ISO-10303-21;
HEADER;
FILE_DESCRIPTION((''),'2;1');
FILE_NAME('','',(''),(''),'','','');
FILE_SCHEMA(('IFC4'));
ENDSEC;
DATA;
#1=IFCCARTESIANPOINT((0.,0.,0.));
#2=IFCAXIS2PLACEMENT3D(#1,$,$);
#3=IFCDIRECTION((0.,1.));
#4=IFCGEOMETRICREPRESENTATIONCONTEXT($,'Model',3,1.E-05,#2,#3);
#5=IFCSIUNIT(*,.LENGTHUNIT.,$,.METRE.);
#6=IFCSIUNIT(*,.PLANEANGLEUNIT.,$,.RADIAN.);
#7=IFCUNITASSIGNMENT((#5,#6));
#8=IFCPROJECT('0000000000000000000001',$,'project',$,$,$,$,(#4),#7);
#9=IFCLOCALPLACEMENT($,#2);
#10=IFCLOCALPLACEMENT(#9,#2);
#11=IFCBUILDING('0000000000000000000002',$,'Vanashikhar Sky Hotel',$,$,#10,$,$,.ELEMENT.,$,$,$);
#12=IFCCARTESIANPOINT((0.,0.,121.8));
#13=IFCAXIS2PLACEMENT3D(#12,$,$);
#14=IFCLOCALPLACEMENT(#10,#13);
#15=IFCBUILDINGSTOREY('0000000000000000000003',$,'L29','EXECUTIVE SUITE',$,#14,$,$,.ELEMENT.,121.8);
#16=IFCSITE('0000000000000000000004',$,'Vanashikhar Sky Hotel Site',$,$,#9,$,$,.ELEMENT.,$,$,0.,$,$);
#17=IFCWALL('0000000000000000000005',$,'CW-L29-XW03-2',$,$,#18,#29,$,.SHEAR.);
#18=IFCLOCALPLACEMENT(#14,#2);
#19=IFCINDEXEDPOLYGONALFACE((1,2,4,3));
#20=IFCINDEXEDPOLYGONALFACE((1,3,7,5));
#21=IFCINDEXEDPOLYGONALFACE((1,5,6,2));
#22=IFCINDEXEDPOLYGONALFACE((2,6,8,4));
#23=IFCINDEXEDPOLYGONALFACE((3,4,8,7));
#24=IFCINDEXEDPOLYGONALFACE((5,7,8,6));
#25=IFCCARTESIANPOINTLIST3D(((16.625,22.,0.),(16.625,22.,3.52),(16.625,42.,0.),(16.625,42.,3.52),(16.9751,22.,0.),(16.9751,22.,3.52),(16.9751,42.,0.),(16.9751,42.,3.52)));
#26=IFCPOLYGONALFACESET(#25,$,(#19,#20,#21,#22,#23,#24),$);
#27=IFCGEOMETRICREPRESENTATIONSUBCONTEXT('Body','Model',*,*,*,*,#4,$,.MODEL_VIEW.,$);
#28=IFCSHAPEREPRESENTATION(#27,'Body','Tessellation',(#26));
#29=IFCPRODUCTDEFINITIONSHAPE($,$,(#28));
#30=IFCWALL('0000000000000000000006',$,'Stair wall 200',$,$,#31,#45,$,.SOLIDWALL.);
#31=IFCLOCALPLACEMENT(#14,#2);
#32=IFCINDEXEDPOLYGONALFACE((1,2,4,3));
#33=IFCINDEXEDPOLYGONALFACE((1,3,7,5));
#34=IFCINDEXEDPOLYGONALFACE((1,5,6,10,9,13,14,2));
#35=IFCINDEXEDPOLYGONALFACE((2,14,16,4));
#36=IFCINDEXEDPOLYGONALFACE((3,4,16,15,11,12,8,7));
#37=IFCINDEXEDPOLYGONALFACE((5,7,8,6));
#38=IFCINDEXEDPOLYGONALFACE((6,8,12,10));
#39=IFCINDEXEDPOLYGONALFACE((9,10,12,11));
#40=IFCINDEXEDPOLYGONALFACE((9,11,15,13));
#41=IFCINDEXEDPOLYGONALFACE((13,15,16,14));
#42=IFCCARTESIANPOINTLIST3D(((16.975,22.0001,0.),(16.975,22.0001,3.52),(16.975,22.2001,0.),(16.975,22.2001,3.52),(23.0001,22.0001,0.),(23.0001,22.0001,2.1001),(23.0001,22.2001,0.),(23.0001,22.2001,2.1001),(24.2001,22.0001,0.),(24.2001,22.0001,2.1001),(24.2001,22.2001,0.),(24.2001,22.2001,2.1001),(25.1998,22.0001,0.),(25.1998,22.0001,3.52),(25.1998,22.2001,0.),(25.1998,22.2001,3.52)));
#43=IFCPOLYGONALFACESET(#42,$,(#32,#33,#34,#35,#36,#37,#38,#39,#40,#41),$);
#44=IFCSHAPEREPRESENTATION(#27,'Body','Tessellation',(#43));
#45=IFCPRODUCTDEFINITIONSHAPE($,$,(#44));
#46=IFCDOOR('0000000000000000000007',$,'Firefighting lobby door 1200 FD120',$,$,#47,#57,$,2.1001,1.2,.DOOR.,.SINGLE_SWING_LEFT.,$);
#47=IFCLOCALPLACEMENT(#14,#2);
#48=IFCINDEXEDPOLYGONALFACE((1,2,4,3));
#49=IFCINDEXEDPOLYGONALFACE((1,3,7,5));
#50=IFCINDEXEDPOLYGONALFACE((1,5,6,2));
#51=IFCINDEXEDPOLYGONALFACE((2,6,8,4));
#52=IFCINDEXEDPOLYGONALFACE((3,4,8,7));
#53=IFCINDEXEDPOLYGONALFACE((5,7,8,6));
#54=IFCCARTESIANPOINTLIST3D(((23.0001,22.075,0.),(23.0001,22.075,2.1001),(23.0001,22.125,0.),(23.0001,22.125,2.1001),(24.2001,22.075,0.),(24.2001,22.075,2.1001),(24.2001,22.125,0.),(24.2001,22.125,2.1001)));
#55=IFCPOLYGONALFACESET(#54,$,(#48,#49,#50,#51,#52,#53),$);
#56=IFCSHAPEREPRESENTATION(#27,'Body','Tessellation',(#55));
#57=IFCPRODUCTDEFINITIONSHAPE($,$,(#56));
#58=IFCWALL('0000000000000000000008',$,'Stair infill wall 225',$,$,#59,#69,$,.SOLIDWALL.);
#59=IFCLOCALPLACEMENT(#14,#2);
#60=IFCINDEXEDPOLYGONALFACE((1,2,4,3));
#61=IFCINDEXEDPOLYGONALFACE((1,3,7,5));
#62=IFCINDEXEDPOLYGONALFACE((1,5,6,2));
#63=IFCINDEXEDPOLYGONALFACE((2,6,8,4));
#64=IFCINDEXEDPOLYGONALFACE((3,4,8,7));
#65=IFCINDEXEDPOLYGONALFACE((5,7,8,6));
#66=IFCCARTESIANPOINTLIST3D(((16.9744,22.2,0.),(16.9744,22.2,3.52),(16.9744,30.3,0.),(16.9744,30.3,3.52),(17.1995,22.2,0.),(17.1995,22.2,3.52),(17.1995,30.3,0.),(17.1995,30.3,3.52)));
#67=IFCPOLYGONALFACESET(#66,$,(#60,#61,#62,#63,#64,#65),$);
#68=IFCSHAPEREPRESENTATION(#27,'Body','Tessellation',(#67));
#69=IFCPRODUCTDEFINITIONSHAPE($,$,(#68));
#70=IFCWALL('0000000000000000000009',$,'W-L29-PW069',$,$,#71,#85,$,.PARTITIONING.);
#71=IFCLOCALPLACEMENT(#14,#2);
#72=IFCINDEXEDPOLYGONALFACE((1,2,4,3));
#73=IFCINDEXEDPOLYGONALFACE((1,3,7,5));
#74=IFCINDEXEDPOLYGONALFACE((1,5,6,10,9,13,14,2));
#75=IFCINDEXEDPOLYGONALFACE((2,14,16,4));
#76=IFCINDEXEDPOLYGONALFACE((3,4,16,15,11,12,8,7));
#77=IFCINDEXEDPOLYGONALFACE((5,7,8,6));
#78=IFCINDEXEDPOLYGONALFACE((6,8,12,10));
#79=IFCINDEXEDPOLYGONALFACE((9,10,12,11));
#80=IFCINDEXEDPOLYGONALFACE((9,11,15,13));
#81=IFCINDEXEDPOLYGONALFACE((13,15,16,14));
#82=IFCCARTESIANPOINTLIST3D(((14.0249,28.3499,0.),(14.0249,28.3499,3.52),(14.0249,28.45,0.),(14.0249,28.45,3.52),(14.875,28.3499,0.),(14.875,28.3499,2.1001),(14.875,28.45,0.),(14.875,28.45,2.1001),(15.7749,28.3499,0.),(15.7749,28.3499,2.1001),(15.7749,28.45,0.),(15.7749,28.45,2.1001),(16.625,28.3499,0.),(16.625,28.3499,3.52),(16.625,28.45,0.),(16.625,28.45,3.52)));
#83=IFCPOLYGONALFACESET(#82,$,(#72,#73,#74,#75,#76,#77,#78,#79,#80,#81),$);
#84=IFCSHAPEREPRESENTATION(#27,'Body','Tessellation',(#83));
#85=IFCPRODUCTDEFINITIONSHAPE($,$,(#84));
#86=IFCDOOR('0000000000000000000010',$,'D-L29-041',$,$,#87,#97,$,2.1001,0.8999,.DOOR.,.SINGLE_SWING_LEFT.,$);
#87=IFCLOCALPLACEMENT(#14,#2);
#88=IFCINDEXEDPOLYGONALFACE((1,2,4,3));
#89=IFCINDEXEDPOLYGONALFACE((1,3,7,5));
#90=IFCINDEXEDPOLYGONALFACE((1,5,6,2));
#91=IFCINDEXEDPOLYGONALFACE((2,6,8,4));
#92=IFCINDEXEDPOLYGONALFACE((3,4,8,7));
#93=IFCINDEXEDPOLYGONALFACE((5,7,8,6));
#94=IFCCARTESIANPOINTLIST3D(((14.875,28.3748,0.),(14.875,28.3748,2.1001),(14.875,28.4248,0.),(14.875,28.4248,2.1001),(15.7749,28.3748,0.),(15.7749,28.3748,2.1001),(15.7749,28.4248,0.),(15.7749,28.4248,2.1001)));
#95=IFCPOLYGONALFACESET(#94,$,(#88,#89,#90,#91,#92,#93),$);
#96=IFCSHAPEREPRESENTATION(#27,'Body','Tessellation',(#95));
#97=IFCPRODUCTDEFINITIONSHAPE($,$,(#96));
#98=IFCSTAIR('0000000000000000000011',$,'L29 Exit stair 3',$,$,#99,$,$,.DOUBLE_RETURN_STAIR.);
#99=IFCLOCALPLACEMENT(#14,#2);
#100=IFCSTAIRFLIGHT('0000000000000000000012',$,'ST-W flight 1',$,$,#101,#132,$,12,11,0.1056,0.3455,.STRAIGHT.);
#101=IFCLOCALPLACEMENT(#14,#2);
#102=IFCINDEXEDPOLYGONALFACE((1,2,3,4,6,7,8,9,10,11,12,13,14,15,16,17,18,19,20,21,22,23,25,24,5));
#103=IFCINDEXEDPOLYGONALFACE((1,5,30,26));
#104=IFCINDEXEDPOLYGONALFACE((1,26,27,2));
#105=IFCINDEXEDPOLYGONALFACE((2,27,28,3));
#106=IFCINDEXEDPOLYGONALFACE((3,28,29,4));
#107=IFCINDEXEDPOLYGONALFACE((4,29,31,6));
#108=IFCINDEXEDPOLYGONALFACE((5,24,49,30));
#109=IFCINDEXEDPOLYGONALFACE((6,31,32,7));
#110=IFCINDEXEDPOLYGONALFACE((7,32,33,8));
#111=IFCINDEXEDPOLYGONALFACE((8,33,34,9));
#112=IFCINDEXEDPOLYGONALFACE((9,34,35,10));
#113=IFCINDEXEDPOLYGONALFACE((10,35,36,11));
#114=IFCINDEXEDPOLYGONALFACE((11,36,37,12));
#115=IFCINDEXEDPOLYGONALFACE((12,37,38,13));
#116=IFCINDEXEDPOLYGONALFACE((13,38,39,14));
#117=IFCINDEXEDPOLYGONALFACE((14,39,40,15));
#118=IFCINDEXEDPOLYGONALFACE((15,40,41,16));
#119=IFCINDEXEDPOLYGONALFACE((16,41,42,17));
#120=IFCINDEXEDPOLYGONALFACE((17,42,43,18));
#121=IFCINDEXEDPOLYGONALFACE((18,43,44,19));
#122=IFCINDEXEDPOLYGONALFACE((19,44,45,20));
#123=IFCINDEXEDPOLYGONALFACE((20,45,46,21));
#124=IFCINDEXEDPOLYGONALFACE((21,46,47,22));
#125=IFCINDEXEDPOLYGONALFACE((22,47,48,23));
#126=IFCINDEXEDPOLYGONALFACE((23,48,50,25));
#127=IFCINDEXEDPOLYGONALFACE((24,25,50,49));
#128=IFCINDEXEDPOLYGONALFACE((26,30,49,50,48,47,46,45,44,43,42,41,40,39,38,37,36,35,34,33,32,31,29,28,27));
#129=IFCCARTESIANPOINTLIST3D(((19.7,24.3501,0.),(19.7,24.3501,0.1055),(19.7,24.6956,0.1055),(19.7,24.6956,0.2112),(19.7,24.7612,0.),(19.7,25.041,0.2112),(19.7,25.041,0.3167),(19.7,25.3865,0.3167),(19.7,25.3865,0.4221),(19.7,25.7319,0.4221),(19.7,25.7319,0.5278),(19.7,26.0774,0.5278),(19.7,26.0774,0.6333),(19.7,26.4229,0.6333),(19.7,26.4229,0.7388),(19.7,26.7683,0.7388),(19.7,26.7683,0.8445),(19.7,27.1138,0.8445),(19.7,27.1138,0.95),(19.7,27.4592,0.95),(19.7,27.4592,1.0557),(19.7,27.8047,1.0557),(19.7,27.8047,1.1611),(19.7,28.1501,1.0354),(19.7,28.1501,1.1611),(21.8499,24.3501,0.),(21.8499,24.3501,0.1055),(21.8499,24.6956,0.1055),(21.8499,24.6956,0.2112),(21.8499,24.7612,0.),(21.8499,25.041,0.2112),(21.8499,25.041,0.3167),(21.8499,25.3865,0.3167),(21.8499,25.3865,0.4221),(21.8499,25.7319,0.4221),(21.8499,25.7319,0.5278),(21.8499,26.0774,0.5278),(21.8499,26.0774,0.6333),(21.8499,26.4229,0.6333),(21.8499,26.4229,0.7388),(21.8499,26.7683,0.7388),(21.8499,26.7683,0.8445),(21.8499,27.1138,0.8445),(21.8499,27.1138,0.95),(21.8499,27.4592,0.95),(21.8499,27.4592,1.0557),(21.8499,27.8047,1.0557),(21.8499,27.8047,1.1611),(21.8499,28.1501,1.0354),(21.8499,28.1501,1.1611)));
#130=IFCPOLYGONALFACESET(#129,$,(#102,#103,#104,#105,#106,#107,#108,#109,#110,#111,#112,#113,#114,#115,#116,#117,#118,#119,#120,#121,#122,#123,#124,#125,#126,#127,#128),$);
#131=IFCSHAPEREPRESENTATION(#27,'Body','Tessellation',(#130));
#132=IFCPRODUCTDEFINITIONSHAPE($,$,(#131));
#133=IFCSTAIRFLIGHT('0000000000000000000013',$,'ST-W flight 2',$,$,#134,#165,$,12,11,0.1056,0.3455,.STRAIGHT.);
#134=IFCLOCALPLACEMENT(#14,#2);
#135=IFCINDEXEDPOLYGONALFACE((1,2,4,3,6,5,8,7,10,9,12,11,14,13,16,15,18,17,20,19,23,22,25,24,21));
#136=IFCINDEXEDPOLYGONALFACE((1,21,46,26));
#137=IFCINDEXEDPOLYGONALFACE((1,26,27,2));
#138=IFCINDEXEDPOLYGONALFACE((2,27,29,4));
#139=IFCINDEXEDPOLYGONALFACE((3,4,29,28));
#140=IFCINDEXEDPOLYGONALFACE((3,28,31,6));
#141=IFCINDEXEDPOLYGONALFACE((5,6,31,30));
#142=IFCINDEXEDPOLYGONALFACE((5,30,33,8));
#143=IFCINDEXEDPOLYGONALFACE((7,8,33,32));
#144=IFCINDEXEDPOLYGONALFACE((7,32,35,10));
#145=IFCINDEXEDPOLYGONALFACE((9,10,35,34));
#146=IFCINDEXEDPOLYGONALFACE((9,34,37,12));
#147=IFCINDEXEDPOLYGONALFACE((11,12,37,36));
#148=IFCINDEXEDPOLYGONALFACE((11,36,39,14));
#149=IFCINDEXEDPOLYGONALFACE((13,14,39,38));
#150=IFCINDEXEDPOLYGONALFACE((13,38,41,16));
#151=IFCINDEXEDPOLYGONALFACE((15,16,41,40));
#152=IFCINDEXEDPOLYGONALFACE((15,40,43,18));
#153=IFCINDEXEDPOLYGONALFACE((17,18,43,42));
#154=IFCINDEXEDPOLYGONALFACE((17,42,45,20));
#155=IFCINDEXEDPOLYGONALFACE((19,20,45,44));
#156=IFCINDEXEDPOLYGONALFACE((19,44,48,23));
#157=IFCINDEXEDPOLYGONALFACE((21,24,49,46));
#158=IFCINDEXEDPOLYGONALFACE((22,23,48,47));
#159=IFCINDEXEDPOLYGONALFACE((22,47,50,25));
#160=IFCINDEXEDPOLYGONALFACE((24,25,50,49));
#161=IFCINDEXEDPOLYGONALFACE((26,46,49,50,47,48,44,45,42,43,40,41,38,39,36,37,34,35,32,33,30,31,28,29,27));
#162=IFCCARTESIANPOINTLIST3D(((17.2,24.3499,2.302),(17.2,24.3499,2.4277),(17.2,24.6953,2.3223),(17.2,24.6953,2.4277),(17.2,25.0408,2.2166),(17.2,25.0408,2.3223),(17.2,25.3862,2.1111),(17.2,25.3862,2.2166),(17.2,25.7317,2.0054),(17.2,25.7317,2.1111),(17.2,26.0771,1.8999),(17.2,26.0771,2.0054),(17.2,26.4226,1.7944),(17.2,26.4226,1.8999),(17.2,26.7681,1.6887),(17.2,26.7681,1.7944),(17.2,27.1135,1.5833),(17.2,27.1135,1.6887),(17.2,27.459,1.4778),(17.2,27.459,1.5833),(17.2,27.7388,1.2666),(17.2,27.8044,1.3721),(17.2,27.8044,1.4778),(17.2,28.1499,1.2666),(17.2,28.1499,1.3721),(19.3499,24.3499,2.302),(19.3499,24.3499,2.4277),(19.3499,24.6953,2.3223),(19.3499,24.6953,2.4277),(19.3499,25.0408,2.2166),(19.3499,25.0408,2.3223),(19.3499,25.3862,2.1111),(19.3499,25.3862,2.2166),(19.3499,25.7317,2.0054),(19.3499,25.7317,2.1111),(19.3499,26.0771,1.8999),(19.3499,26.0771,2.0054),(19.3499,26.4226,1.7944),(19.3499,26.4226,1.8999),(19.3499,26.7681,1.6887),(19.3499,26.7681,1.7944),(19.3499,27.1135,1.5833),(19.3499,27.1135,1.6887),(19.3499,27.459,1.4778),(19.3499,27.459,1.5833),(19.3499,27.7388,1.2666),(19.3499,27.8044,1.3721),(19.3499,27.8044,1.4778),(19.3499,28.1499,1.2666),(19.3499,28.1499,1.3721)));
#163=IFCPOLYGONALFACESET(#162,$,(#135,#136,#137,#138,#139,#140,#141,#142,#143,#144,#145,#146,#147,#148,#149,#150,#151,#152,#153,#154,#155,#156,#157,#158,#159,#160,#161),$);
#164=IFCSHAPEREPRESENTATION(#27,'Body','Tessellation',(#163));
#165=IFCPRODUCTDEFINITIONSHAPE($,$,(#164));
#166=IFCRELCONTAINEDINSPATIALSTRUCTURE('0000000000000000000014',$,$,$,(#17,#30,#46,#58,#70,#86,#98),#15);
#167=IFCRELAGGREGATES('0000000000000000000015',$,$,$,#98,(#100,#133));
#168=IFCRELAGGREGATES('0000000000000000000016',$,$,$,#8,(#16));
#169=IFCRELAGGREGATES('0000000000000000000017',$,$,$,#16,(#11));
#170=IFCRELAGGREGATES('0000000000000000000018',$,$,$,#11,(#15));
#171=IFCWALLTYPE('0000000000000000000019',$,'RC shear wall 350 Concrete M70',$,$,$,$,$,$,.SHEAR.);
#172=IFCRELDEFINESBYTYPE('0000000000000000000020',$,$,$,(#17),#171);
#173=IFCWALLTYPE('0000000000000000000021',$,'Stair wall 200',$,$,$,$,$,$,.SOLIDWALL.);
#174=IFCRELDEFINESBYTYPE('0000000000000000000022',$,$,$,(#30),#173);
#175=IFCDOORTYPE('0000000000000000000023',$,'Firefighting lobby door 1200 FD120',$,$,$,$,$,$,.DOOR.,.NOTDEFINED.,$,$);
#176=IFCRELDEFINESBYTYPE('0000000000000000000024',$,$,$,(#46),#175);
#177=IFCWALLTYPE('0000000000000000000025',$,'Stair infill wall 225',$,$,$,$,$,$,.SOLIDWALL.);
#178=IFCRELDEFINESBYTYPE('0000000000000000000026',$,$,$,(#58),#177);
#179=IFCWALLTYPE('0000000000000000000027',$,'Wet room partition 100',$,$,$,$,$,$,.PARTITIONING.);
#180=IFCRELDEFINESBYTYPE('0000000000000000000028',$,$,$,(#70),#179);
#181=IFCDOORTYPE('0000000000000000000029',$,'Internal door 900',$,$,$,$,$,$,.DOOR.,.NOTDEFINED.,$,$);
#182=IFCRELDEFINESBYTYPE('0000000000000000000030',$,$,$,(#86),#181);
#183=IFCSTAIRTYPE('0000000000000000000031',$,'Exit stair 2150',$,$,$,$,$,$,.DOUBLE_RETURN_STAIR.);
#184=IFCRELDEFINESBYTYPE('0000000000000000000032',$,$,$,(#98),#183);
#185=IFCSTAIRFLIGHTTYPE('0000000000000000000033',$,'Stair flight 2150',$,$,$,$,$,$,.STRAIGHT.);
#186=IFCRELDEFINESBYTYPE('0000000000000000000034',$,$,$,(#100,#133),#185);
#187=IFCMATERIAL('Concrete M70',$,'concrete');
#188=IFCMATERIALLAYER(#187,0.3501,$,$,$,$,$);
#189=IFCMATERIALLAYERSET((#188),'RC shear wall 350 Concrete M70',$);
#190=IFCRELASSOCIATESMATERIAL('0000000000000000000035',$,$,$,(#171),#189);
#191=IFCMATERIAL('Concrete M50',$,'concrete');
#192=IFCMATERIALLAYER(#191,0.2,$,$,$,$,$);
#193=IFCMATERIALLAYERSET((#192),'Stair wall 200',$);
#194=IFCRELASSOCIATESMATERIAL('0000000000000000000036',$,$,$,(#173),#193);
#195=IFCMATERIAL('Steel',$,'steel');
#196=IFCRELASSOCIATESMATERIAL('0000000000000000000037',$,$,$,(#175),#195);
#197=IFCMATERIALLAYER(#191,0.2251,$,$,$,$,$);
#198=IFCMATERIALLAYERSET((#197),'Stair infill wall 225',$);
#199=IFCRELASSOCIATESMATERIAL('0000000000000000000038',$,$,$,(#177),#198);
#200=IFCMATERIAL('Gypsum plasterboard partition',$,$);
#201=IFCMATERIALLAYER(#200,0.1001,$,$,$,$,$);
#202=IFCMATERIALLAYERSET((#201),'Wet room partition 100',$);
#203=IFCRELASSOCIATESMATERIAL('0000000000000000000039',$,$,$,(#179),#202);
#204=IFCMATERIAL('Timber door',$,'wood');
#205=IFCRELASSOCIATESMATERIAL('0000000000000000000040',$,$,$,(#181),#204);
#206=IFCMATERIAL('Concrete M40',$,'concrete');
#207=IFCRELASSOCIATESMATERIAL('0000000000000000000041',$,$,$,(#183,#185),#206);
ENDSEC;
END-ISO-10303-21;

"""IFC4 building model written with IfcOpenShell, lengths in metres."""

from ifc_helpers import new_model, si_unit, direction, frame, frame_2d, origin, place, context, subcontext, project, spatial, polyline, rectangle, outline, extrude, source, transform, mapped, material, layer, layer_set, type_object, element, fill, aggregate, save


model = new_model("IFC4")

# Units and contexts
model_context = context("Model", 3, precision=1e-05, world=origin(), true_north=direction((0.0, 1.0)))
body_context = subcontext(model_context, "Body", "Model", "MODEL_VIEW")
ifc_project = project(units=[si_unit("LENGTHUNIT", "METRE"), si_unit("PLANEANGLEUNIT", "RADIAN")], contexts=[model_context])

# Site, building, storey
site_placement = place(None, origin())
site = spatial("IfcSite", under=ifc_project, at=site_placement, Name="Vanashikhar Sky Hotel Site", CompositionType="ELEMENT", RefElevation=0.0)
building_placement = place(site_placement, origin())
building = spatial("IfcBuilding", under=site, at=building_placement, Name="Vanashikhar Sky Hotel", CompositionType="ELEMENT")
storey_placement = place(building_placement, frame((0.0, 0.0, 121.8)))
storey = spatial("IfcBuildingStorey", under=building, at=storey_placement, Name="L29", Description="EXECUTIVE SUITE", CompositionType="ELEMENT", Elevation=121.8)

# Wall
ifc_material_1 = material(Name="Concrete M70", Category="concrete")
ifc_layer_1 = layer(ifc_material_1, 0.3501)
ifc_layer_set_1 = layer_set([ifc_layer_1], Name="RC shear wall 350 Concrete M70")
wall_type_1 = type_object("IfcWallType", Name="RC shear wall 350 Concrete M70", PredefinedType="SHEAR", material=ifc_layer_set_1)
shared_shape_1 = source(origin(), body_context, "Body", "SweptSolid", [
    extrude(rectangle(XDim=20.0, YDim=0.3501, at=frame_2d((10.0, 0.0))), origin(), (0.0, 0.0, 1.0), 3.52),
])
wall_1_placement = place(storey_placement, frame((16.8, 22.0, 0.0), z_axis=(0.0, 0.0, 1.0), x_axis=(0.0, 1.0, 0.0)))
element("IfcWall", 1, at=wall_1_placement, inside=storey, type_object=wall_type_1, Name="CW-L29-XW03-2", PredefinedType="SHEAR", context=body_context, shape_type="MappedRepresentation", body=[
    mapped(shared_shape_1, transform((0.0, 0.0, 0.0), scale=1.0)),
])

# Wall, opening, door
ifc_material_2 = material(Name="Concrete M50", Category="concrete")
ifc_layer_2 = layer(ifc_material_2, 0.2)
ifc_layer_set_2 = layer_set([ifc_layer_2], Name="Stair wall 200")
wall_type_2 = type_object("IfcWallType", Name="Stair wall 200", PredefinedType="SOLIDWALL", material=ifc_layer_set_2)
shared_shape_2 = source(origin(), body_context, "Body", "SweptSolid", [
    extrude(rectangle(XDim=8.2249, YDim=0.2, at=frame_2d((4.1123, 0.0))), origin(), (0.0, 0.0, 1.0), 3.52),
])
wall_2_placement = place(storey_placement, frame((16.9751, 22.1001, 0.0), z_axis=(0.0, 0.0, 1.0), x_axis=(1.0, 0.0, 0.0)))
wall_2 = element("IfcWall", 2, at=wall_2_placement, inside=storey, type_object=wall_type_2, Name="Stair wall 200", PredefinedType="SOLIDWALL", context=body_context, shape_type="MappedRepresentation", body=[
    mapped(shared_shape_2, transform((0.0, 0.0, 0.0), scale=1.0)),
])
shared_shape_3 = source(origin(), body_context, "Body", "SweptSolid", [
    extrude(rectangle(XDim=1.2, YDim=2.1001, at=frame_2d((0.6001, 1.05))), frame((0.0, 0.1099, 0.0), z_axis=(0.0, -1.0, 0.0), x_axis=(1.0, 0.0, 0.0)), (0.0, 0.0, 1.0), 0.22),
])
opening_1_placement = place(wall_2_placement, frame((6.0249, 0.0, 0.0)))
opening_1 = element("IfcOpeningElement", 3, at=opening_1_placement, cuts=wall_2, PredefinedType="OPENING", context=body_context, shape_type="MappedRepresentation", body=[
    mapped(shared_shape_3, transform((0.0, 0.0, 0.0), scale=1.0)),
])
ifc_material_3 = material(Name="Steel", Category="steel")
door_type_1 = type_object("IfcDoorType", Name="Firefighting lobby door 1200 FD120", OperationType="NOTDEFINED", PredefinedType="DOOR", material=ifc_material_3)
shared_shape_4 = source(origin(), body_context, "Body", "SweptSolid", [
    extrude(rectangle(XDim=1.2, YDim=2.1001, at=frame_2d((0.6001, 1.05))), frame((0.0, 0.0249, 0.0), z_axis=(0.0, -1.0, 0.0), x_axis=(1.0, 0.0, 0.0)), (0.0, 0.0, 1.0), 0.05),
])
door_1_placement = place(opening_1_placement, origin())
door_1 = element("IfcDoor", 4, at=door_1_placement, inside=storey, type_object=door_type_1, Name="Firefighting lobby door 1200 FD120", OperationType="SINGLE_SWING_LEFT", OverallHeight=2.1001, OverallWidth=1.2, PredefinedType="DOOR", context=body_context, shape_type="MappedRepresentation", body=[
    mapped(shared_shape_4, transform((0.0, 0.0, 0.0), scale=1.0)),
])
fill(opening_1, door_1)

# Wall
ifc_layer_3 = layer(ifc_material_2, 0.2251)
ifc_layer_set_3 = layer_set([ifc_layer_3], Name="Stair infill wall 225")
wall_type_3 = type_object("IfcWallType", Name="Stair infill wall 225", PredefinedType="SOLIDWALL", material=ifc_layer_set_3)
shared_shape_5 = source(origin(), body_context, "Body", "SweptSolid", [
    extrude(rectangle(XDim=8.1001, YDim=0.2251, at=frame_2d((4.05, 0.0))), origin(), (0.0, 0.0, 1.0), 3.52),
])
wall_3_placement = place(storey_placement, frame((17.0869, 22.2, 0.0), z_axis=(0.0, 0.0, 1.0), x_axis=(0.0, 1.0, 0.0)))
element("IfcWall", 5, at=wall_3_placement, inside=storey, type_object=wall_type_3, Name="Stair infill wall 225", PredefinedType="SOLIDWALL", context=body_context, shape_type="MappedRepresentation", body=[
    mapped(shared_shape_5, transform((0.0, 0.0, 0.0), scale=1.0)),
])

# Wall, opening, door
ifc_material_4 = material(Name="Gypsum plasterboard partition")
ifc_layer_4 = layer(ifc_material_4, 0.1001)
ifc_layer_set_4 = layer_set([ifc_layer_4], Name="Wet room partition 100")
wall_type_4 = type_object("IfcWallType", Name="Wet room partition 100", PredefinedType="PARTITIONING", material=ifc_layer_set_4)
shared_shape_6 = source(origin(), body_context, "Body", "SweptSolid", [
    extrude(rectangle(XDim=2.6001, YDim=0.1001, at=frame_2d((1.3, 0.0))), origin(), (0.0, 0.0, 1.0), 3.52),
])
wall_4_placement = place(storey_placement, frame((14.0249, 28.3999, 0.0), z_axis=(0.0, 0.0, 1.0), x_axis=(1.0, 0.0, 0.0)))
wall_4 = element("IfcWall", 6, at=wall_4_placement, inside=storey, type_object=wall_type_4, Name="W-L29-PW069", PredefinedType="PARTITIONING", context=body_context, shape_type="MappedRepresentation", body=[
    mapped(shared_shape_6, transform((0.0, 0.0, 0.0), scale=1.0)),
])
shared_shape_7 = source(origin(), body_context, "Body", "SweptSolid", [
    extrude(rectangle(XDim=0.8999, YDim=2.1001, at=frame_2d((0.45, 1.05))), frame((0.0, 0.0601, 0.0), z_axis=(0.0, -1.0, 0.0), x_axis=(1.0, 0.0, 0.0)), (0.0, 0.0, 1.0), 0.1201),
])
opening_2_placement = place(wall_4_placement, frame((0.8501, 0.0, 0.0)))
opening_2 = element("IfcOpeningElement", 7, at=opening_2_placement, cuts=wall_4, PredefinedType="OPENING", context=body_context, shape_type="MappedRepresentation", body=[
    mapped(shared_shape_7, transform((0.0, 0.0, 0.0), scale=1.0)),
])
ifc_material_5 = material(Name="Timber door", Category="wood")
door_type_2 = type_object("IfcDoorType", Name="Internal door 900", OperationType="NOTDEFINED", PredefinedType="DOOR", material=ifc_material_5)
shared_shape_8 = source(origin(), body_context, "Body", "SweptSolid", [
    extrude(rectangle(XDim=0.8999, YDim=2.1001, at=frame_2d((0.45, 1.05))), frame((0.0, 0.0249, 0.0), z_axis=(0.0, -1.0, 0.0), x_axis=(1.0, 0.0, 0.0)), (0.0, 0.0, 1.0), 0.05),
])
door_2_placement = place(opening_2_placement, origin())
door_2 = element("IfcDoor", 8, at=door_2_placement, inside=storey, type_object=door_type_2, Name="D-L29-041", OperationType="SINGLE_SWING_LEFT", OverallHeight=2.1001, OverallWidth=0.8999, PredefinedType="DOOR", context=body_context, shape_type="MappedRepresentation", body=[
    mapped(shared_shape_8, transform((0.0, 0.0, 0.0), scale=1.0)),
])
fill(opening_2, door_2)

# Stair, stair flights
ifc_material_6 = material(Name="Concrete M40", Category="concrete")
stair_type = type_object("IfcStairType", Name="Exit stair 2150", PredefinedType="DOUBLE_RETURN_STAIR", material=ifc_material_6)
stair_placement = place(storey_placement, origin())
stair = element("IfcStair", 9, at=stair_placement, inside=storey, type_object=stair_type, Name="L29 Exit stair 3", PredefinedType="DOUBLE_RETURN_STAIR")
stair_flight_type = type_object("IfcStairFlightType", Name="Stair flight 2150", PredefinedType="STRAIGHT", material=ifc_material_6)
shared_shape_9 = source(origin(), body_context, "Body", "SweptSolid", [
    extrude(outline(polyline([(0.0, 0.0), (0.0, 0.1055), (0.3455, 0.1055), (0.3455, 0.2112), (0.6909, 0.2112), (0.6909, 0.3167), (1.0364, 0.3167), (1.0364, 0.4221), (1.3818, 0.4221), (1.3818, 0.5278), (1.7273, 0.5278), (1.7273, 0.6333), (2.0728, 0.6333), (2.0728, 0.7388), (2.4182, 0.7388), (2.4182, 0.8445), (2.7637, 0.8445), (2.7637, 0.95), (3.1091, 0.95), (3.1091, 1.0557), (3.4546, 1.0557), (3.4546, 1.1611), (3.8, 1.1611), (3.8, 1.2666), (3.8, 1.0354), (0.4111, 0.0), (0.0, 0.0)])), frame((0.0, 1.075, 0.0), z_axis=(0.0, -1.0, 0.0), x_axis=(1.0, 0.0, 0.0)), (0.0, 0.0, 1.0), 2.1499),
])
stair_flight_1_placement = place(storey_placement, frame((20.7749, 24.3501, 0.0), z_axis=(0.0, 0.0, 1.0), x_axis=(0.0, 1.0, 0.0)))
stair_flight_1 = element("IfcStairFlight", 10, at=stair_flight_1_placement, type_object=stair_flight_type, Name="ST-W flight 1", NumberOfRisers=12, NumberOfTreads=11, PredefinedType="STRAIGHT", RiserHeight=0.1056, TreadLength=0.3455, context=body_context, shape_type="MappedRepresentation", body=[
    mapped(shared_shape_9, transform((0.0, 0.0, 0.0), scale=1.0)),
])
stair_flight_2_placement = place(storey_placement, frame((18.2749, 28.1499, 1.2666), z_axis=(0.0, 0.0, 1.0), x_axis=(0.0, -1.0, 0.0)))
stair_flight_2 = element("IfcStairFlight", 11, at=stair_flight_2_placement, type_object=stair_flight_type, Name="ST-W flight 2", NumberOfRisers=12, NumberOfTreads=11, PredefinedType="STRAIGHT", RiserHeight=0.1056, TreadLength=0.3455, context=body_context, shape_type="MappedRepresentation", body=[
    mapped(shared_shape_9, transform((0.0, 0.0, 0.0), scale=1.0)),
])
aggregate(stair, [stair_flight_1, stair_flight_2])

save(model, "model.ifc")
